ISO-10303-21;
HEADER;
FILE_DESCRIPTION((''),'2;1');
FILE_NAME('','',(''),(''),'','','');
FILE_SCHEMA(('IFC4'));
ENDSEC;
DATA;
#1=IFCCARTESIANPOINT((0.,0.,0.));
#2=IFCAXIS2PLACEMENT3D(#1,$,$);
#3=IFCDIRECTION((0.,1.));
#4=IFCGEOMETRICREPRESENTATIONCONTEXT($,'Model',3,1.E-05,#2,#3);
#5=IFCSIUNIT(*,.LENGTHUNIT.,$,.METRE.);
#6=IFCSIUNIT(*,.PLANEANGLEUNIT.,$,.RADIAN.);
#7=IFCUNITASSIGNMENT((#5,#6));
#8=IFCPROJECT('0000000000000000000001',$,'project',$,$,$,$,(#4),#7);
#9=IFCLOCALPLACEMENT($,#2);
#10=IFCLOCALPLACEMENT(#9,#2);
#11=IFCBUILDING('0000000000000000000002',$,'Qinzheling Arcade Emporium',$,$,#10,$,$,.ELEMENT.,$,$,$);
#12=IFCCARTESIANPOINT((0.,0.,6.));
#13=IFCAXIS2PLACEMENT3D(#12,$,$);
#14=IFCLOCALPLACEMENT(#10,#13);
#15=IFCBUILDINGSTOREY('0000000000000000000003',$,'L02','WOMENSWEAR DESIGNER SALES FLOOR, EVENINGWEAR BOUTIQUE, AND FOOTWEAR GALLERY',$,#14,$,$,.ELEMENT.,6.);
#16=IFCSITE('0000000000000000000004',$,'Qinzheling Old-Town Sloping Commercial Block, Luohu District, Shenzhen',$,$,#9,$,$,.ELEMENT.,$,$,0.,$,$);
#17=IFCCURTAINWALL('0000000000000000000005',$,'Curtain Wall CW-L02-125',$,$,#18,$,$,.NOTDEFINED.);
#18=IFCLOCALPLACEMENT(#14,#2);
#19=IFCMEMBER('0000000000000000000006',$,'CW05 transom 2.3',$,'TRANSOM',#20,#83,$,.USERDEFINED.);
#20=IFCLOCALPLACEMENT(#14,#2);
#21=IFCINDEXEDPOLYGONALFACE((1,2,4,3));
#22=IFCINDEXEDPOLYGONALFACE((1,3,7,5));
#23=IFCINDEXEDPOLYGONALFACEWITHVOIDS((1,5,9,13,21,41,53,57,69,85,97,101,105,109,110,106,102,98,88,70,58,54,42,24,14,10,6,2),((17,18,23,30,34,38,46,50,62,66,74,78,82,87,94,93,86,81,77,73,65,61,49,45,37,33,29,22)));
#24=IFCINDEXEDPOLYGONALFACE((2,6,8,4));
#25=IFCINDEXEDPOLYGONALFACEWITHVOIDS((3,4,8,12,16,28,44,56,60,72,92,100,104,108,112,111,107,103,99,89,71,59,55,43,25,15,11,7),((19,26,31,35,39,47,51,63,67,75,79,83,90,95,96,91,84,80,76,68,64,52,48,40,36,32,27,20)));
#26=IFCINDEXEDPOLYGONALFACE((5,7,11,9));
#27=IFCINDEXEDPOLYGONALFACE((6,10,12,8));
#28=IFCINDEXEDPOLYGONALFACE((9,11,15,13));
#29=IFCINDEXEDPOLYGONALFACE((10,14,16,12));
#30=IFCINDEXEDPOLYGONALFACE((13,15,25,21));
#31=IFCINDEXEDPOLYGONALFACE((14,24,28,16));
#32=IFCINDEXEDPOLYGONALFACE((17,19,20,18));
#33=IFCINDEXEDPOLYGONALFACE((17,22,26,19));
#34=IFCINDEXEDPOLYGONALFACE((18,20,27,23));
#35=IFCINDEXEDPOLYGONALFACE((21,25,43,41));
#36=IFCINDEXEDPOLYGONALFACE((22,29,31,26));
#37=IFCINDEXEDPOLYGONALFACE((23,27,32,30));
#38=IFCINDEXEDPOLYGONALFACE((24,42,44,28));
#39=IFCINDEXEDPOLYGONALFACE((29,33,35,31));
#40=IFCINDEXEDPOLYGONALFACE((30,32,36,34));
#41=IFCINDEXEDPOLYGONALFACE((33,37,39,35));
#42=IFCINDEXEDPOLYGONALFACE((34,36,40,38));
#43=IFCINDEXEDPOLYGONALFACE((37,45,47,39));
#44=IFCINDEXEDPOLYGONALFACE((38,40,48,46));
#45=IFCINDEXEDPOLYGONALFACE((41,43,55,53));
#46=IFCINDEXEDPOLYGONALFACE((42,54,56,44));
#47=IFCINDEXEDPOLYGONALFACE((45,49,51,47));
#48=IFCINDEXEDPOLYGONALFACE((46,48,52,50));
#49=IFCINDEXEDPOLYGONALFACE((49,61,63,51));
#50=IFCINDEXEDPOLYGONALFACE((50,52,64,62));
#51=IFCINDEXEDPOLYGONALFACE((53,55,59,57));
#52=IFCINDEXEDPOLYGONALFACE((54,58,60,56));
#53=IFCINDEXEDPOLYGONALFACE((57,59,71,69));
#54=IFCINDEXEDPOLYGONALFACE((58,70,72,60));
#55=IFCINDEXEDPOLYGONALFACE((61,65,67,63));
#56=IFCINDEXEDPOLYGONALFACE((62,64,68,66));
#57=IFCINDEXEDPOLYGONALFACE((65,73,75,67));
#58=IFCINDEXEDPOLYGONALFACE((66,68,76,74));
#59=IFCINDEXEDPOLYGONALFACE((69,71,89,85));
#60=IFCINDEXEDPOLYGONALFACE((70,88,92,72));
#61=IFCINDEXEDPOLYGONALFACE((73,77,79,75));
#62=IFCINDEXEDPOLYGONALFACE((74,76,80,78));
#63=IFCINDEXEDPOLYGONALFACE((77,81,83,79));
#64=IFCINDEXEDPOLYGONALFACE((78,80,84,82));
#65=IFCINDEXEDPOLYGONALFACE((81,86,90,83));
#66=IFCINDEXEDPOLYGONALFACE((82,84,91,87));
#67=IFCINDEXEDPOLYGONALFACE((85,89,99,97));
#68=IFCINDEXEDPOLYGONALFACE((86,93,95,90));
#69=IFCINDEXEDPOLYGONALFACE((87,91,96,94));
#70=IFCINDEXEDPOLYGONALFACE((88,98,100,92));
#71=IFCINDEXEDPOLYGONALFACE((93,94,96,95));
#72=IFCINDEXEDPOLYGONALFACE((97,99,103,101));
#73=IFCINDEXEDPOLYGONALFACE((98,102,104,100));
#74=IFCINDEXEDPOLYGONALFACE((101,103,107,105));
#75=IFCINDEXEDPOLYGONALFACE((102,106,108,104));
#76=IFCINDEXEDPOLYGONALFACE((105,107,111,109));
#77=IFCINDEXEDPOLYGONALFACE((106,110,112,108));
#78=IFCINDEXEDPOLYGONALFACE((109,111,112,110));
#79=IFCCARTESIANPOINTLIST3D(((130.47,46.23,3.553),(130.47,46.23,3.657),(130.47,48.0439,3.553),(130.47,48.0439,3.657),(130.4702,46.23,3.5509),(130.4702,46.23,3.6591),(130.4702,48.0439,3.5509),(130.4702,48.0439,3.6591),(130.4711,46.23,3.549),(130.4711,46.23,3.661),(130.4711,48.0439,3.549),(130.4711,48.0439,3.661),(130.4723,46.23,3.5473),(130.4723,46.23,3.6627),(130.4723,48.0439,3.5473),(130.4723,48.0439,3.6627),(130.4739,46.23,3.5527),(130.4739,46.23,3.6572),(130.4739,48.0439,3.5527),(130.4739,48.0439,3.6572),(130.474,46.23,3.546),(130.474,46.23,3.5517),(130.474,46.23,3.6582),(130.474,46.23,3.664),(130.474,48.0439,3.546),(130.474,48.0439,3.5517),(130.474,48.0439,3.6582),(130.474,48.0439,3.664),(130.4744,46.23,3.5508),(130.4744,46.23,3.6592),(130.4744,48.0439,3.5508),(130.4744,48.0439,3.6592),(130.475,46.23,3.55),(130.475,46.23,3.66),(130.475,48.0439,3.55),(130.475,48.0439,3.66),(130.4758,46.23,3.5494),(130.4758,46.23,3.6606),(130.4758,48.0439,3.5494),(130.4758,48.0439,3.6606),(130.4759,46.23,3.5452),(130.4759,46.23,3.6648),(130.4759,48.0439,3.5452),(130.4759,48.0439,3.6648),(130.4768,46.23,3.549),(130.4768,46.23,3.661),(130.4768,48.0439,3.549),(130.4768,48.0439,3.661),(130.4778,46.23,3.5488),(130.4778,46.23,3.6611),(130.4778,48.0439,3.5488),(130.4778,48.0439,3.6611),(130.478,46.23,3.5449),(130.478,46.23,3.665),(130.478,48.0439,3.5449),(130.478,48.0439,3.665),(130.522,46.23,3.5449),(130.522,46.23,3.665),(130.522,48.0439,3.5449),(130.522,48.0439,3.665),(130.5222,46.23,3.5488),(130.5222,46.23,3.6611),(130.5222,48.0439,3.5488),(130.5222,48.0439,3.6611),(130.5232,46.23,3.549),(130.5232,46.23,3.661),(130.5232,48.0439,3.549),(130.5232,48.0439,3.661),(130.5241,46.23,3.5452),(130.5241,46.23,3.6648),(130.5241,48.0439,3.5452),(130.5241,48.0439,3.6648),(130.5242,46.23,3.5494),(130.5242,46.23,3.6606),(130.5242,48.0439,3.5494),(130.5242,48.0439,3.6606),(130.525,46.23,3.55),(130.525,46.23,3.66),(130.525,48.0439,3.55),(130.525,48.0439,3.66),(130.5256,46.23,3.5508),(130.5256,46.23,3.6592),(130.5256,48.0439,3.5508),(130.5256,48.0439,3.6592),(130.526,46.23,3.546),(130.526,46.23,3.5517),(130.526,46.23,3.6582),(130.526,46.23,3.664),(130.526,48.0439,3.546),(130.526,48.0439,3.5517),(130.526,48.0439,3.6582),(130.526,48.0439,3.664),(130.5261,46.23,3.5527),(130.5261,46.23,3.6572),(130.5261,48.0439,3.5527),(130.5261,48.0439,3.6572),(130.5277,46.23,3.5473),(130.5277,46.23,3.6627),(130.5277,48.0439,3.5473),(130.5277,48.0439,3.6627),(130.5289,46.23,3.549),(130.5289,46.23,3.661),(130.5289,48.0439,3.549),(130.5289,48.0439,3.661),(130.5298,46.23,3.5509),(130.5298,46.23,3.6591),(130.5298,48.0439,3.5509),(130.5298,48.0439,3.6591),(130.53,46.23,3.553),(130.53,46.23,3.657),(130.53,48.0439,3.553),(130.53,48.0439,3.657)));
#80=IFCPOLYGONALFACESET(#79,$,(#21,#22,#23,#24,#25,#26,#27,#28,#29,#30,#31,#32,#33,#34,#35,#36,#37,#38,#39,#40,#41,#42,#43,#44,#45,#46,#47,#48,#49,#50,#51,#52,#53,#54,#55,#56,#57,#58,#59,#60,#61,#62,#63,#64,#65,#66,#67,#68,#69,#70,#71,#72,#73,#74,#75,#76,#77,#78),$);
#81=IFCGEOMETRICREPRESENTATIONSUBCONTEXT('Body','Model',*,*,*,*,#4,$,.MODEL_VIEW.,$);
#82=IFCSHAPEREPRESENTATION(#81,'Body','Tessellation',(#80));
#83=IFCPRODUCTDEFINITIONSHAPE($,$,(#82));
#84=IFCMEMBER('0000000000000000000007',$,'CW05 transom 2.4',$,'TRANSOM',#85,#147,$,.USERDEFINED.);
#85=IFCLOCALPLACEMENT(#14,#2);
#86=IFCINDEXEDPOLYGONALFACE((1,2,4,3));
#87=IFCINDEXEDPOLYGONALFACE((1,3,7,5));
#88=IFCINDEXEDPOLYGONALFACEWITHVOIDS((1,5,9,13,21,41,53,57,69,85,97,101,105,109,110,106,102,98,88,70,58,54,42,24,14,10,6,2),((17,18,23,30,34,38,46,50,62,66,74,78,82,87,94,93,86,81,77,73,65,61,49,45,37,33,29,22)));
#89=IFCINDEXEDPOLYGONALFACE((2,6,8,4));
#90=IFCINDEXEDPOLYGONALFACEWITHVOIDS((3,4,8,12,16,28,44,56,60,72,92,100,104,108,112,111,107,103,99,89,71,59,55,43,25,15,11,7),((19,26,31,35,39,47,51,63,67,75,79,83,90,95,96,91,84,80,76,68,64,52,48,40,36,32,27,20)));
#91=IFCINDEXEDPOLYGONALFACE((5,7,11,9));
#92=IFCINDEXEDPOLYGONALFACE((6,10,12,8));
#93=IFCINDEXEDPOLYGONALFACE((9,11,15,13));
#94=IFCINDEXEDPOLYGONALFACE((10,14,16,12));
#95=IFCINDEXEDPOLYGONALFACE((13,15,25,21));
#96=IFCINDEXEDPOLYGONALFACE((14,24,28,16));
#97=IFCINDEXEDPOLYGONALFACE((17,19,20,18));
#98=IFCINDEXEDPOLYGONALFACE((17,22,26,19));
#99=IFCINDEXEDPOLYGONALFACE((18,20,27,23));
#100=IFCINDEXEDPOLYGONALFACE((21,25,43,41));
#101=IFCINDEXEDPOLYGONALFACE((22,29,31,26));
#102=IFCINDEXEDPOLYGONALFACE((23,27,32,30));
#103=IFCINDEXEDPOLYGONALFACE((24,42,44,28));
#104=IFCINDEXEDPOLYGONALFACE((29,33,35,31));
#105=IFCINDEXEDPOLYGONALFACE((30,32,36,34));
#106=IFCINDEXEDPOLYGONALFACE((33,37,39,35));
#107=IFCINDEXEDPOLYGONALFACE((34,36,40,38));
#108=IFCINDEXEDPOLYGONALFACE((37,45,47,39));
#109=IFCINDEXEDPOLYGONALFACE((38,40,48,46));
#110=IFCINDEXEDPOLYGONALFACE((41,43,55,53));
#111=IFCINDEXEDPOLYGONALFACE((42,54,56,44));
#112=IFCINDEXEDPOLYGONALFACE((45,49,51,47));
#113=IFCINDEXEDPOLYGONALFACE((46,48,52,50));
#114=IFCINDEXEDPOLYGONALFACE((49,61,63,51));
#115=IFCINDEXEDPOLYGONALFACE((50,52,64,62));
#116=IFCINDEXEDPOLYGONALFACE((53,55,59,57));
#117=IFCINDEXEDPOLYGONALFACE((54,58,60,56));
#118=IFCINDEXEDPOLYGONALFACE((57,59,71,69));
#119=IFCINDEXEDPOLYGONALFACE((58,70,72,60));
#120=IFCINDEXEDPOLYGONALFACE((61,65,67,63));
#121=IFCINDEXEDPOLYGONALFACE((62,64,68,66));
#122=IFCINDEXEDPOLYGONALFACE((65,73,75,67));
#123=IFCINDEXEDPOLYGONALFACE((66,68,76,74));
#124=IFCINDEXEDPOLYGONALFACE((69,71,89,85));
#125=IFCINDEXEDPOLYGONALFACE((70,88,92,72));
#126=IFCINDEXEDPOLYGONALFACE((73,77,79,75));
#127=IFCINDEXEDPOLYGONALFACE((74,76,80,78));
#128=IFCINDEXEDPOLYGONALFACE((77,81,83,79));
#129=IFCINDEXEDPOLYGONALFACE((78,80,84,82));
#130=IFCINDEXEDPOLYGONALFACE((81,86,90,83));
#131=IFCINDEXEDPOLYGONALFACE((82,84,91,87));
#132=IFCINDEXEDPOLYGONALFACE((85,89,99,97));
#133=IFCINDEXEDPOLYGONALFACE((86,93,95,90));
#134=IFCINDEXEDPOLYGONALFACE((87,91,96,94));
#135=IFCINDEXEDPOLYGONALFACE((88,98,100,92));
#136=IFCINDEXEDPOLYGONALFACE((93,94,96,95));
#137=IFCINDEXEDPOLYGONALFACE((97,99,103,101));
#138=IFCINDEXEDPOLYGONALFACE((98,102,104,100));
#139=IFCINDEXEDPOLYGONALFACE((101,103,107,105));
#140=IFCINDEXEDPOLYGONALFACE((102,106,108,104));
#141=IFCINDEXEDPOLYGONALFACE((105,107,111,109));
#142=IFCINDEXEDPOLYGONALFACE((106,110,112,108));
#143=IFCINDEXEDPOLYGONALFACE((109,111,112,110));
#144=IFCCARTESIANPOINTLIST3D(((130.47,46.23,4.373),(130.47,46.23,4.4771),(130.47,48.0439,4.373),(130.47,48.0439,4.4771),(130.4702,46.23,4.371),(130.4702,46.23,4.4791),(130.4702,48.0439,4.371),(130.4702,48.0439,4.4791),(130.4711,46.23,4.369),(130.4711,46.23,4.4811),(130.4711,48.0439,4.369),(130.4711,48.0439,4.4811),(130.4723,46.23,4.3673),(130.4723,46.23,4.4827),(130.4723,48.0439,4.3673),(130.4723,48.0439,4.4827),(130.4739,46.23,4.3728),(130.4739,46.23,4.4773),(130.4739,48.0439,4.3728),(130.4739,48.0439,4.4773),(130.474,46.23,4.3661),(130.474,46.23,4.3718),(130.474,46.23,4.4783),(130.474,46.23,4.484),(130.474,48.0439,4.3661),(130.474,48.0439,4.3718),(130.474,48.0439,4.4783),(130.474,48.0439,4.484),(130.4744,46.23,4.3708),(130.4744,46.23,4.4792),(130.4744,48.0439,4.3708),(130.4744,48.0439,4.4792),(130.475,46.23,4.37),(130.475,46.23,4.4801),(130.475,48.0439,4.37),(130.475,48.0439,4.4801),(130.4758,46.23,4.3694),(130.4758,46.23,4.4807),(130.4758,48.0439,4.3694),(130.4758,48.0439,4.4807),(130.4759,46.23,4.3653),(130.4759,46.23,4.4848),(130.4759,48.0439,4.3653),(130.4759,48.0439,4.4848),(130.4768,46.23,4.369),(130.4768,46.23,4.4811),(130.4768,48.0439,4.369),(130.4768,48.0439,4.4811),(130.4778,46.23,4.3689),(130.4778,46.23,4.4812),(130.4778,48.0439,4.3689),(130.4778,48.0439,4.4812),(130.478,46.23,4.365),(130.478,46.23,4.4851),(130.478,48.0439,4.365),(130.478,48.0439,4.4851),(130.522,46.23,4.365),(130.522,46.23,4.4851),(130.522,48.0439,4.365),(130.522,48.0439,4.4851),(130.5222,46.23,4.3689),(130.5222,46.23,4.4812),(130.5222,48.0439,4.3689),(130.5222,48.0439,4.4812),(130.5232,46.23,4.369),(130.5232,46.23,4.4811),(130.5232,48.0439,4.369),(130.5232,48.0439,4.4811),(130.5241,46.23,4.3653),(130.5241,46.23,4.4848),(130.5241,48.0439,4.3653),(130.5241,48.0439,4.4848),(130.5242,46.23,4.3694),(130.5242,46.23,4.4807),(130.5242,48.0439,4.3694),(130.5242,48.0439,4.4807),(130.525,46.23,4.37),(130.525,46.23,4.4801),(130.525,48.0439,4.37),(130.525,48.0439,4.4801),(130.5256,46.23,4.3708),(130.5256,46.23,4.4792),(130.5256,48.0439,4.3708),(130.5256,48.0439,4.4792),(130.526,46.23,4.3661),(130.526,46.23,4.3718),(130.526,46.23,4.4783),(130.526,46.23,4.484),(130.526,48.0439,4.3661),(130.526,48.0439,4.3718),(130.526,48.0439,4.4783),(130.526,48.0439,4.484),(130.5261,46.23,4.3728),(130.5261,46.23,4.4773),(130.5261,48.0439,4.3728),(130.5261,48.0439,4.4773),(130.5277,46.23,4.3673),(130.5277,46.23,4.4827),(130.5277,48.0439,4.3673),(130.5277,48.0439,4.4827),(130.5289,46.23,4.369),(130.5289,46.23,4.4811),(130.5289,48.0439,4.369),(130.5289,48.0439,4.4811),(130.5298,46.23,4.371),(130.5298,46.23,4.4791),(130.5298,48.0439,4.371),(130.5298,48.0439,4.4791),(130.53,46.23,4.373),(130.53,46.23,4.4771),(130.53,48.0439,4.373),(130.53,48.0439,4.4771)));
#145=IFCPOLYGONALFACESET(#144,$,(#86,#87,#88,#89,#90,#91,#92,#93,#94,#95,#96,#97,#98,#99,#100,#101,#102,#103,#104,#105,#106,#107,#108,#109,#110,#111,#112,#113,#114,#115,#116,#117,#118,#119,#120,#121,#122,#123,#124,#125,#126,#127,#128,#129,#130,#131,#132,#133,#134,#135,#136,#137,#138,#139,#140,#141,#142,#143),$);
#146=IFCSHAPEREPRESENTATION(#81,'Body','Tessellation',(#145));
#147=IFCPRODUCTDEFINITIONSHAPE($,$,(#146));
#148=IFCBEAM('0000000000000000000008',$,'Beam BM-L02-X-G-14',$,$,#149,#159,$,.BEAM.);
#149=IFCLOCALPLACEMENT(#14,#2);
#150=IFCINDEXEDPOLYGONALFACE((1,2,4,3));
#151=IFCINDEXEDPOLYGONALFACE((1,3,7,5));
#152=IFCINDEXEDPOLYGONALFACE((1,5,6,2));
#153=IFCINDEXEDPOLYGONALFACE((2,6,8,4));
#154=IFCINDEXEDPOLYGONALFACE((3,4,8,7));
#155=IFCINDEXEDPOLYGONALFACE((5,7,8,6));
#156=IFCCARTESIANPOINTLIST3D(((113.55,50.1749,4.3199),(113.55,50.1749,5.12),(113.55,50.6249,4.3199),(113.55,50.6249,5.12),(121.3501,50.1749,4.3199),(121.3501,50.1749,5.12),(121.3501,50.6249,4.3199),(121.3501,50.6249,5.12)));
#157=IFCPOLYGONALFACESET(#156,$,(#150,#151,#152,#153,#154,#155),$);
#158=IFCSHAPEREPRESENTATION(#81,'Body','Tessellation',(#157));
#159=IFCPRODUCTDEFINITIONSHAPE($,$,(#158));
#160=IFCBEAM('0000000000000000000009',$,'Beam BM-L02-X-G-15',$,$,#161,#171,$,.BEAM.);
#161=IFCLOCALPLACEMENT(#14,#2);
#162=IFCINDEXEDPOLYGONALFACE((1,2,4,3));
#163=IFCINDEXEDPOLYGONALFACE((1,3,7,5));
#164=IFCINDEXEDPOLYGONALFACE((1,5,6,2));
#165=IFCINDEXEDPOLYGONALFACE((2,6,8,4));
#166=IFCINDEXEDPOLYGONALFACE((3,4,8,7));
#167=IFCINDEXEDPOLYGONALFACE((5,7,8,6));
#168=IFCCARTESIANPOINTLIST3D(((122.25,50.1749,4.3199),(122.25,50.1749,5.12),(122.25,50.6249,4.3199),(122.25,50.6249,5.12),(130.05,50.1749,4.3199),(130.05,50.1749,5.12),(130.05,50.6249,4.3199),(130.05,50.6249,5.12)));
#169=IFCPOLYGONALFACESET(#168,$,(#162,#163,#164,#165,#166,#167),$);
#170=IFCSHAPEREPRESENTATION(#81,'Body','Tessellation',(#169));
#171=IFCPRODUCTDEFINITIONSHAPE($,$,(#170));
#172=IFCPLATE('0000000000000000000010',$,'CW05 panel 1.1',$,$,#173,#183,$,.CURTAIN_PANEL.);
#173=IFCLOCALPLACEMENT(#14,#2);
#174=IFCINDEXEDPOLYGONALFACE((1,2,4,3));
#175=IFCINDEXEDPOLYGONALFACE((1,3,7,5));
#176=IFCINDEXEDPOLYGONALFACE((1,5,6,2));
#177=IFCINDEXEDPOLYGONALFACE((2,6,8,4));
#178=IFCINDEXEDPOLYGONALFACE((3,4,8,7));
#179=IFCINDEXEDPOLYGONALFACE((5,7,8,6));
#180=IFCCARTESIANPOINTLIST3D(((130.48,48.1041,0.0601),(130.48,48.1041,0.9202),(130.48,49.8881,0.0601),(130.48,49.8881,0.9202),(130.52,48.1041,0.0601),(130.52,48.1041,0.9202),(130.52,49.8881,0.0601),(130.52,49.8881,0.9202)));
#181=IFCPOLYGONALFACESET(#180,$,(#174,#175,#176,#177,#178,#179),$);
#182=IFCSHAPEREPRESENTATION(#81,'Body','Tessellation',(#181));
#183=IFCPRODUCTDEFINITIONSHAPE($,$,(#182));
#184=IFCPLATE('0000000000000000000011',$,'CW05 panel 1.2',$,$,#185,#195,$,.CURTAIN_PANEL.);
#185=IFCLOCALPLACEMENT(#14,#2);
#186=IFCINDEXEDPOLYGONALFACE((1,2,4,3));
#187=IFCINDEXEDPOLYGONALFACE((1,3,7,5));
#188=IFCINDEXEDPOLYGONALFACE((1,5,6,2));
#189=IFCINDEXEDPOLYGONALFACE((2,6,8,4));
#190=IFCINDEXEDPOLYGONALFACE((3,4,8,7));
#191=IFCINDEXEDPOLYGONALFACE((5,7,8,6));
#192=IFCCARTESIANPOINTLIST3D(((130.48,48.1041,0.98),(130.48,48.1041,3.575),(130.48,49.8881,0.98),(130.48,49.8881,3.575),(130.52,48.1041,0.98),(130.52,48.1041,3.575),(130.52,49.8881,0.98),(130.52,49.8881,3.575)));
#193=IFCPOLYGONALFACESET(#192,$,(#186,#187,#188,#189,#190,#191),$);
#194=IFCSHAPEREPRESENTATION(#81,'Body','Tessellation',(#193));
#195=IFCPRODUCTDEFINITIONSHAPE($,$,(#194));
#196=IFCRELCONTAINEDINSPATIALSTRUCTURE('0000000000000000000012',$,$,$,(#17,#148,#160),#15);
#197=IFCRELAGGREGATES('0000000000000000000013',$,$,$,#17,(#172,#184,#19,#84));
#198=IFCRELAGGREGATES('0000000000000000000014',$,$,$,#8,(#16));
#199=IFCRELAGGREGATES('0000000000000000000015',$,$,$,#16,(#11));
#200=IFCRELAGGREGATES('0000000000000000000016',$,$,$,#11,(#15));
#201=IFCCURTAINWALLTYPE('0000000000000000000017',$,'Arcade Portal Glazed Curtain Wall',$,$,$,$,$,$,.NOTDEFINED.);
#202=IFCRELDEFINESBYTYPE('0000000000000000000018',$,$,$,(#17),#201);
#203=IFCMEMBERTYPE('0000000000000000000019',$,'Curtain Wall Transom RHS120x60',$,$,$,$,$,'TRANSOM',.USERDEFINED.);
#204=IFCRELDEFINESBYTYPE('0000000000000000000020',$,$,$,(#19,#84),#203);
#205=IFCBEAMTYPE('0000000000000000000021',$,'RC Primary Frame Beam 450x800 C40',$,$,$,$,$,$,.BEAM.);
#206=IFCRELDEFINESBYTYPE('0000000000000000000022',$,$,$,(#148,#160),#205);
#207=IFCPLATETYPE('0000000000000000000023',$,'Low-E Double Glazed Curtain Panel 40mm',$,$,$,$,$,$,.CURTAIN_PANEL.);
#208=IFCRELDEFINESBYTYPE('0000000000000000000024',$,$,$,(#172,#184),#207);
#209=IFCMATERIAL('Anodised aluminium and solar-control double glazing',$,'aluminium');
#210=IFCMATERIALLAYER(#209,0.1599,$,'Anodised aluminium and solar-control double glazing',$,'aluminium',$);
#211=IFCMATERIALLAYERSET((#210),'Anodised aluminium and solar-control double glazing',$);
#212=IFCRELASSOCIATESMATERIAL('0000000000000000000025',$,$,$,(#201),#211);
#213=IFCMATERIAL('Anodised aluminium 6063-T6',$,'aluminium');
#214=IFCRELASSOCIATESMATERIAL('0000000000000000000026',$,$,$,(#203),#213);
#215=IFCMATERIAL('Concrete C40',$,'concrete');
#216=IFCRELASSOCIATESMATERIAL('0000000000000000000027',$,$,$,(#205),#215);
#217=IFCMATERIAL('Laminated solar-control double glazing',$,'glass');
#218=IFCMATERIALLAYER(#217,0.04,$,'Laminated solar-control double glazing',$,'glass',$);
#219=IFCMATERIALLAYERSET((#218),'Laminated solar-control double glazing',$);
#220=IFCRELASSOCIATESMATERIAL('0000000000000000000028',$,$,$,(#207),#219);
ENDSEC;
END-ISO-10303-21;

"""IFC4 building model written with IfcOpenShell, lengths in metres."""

from ifc_helpers import new_model, si_unit, direction, frame, origin, origin_2d, place, context, subcontext, project, spatial, rectangle, hollow_rectangle, extrude, material, layer, layer_set, material_profile, profile_set, type_object, element, aggregate, save


model = new_model("IFC4")

# Units and contexts
model_context = context("Model", 3, precision=1e-05, world=origin(), true_north=direction((0.0, 1.0)))
body_context = subcontext(model_context, "Body", "Model", "MODEL_VIEW")
ifc_project = project(units=[si_unit("LENGTHUNIT", "METRE"), si_unit("PLANEANGLEUNIT", "RADIAN")], contexts=[model_context])

# Site, building, storey
site_placement = place(None, origin())
site = spatial("IfcSite", under=ifc_project, at=site_placement, Name="Qinzheling Old-Town Sloping Commercial Block, Luohu District, Shenzhen", CompositionType="ELEMENT", RefElevation=0.0)
building_placement = place(site_placement, origin())
building = spatial("IfcBuilding", under=site, at=building_placement, Name="Qinzheling Arcade Emporium", CompositionType="ELEMENT")
storey_placement = place(building_placement, frame((0.0, 0.0, 6.0)))
storey = spatial("IfcBuildingStorey", under=building, at=storey_placement, Name="L02", Description="WOMENSWEAR DESIGNER SALES FLOOR, EVENINGWEAR BOUTIQUE, AND FOOTWEAR GALLERY", CompositionType="ELEMENT", Elevation=6.0)

# Curtain wall, members
ifc_material_1 = material(Name="Anodised aluminium and solar-control double glazing", Category="aluminium")
ifc_layer_1 = layer(ifc_material_1, 0.1599, Name="Anodised aluminium and solar-control double glazing", Category="aluminium")
ifc_layer_set_1 = layer_set([ifc_layer_1], Name="Anodised aluminium and solar-control double glazing")
curtain_wall_type = type_object("IfcCurtainWallType", Name="Arcade Portal Glazed Curtain Wall", PredefinedType="NOTDEFINED", material=ifc_layer_set_1)
curtain_wall_placement = place(storey_placement, origin())
curtain_wall = element("IfcCurtainWall", 1, at=curtain_wall_placement, inside=storey, type_object=curtain_wall_type, Name="Curtain Wall CW-L02-125", PredefinedType="NOTDEFINED")
ifc_material_2 = material(Name="Anodised aluminium 6063-T6", Category="aluminium")
ifc_material_profile_1 = material_profile(ifc_material_2, hollow_rectangle(XDim=0.0601, YDim=0.1201, WallThickness=0.0039, InnerFilletRadius=0.0039, OuterFilletRadius=0.0081, at=origin_2d()), Name="RHS 120x60x4", Category="aluminium")
ifc_profile_set_1 = profile_set([ifc_material_profile_1], Name="Anodised aluminium 6063-T6")
member_type_1 = type_object("IfcMemberType", Name="Curtain Wall Transom RHS120x60", ElementType="TRANSOM", PredefinedType="USERDEFINED", material=ifc_profile_set_1)
member_1_placement = place(storey_placement, frame((130.5, 48.0439, 3.605), z_axis=(0.0, -1.0, 0.0), x_axis=(1.0, 0.0, 0.0)))
member_1 = element("IfcMember", 2, at=member_1_placement, type_object=member_type_1, Name="CW05 transom 2.3", ObjectType="TRANSOM", PredefinedType="USERDEFINED", context=body_context, shape_type="SweptSolid", body=[
    extrude(hollow_rectangle(XDim=0.0601, YDim=0.1201, WallThickness=0.0039, InnerFilletRadius=0.0039, OuterFilletRadius=0.0081, at=origin_2d()), origin(), (0.0, 0.0, 1.0), 1.814),
])
member_2_placement = place(storey_placement, frame((130.5, 48.0439, 4.425), z_axis=(0.0, -1.0, 0.0), x_axis=(1.0, 0.0, 0.0)))
member_2 = element("IfcMember", 3, at=member_2_placement, type_object=member_type_1, Name="CW05 transom 2.4", ObjectType="TRANSOM", PredefinedType="USERDEFINED", context=body_context, shape_type="SweptSolid", body=[
    extrude(hollow_rectangle(XDim=0.0601, YDim=0.1201, WallThickness=0.0039, InnerFilletRadius=0.0039, OuterFilletRadius=0.0081, at=origin_2d()), origin(), (0.0, 0.0, 1.0), 1.814),
])

# Beams
ifc_material_3 = material(Name="Concrete C40", Category="concrete")
ifc_material_profile_2 = material_profile(ifc_material_3, rectangle(XDim=0.45, YDim=0.8, at=origin_2d()), Name="RC 450x800", Category="concrete")
ifc_profile_set_2 = profile_set([ifc_material_profile_2], Name="Concrete C40")
beam_type_1 = type_object("IfcBeamType", Name="RC Primary Frame Beam 450x800 C40", PredefinedType="BEAM", material=ifc_profile_set_2)
for number, where, z_axis, x_axis, name in (
    (4, (113.55, 50.3999, 4.72), (1.0, 0.0, 0.0), (0.0, 1.0, 0.0), "Beam BM-L02-X-G-14"),
    (5, (122.25, 50.3999, 4.72), (1.0, 0.0, 0.0), (0.0, 1.0, 0.0), "Beam BM-L02-X-G-15"),
):
    element("IfcBeam", number, at=place(storey_placement, frame(where, z_axis=z_axis, x_axis=x_axis)), inside=storey, type_object=beam_type_1, Name=name, PredefinedType="BEAM", context=body_context, shape_type="SweptSolid", body=[
        extrude(rectangle(XDim=0.45, YDim=0.8, at=origin_2d()), origin(), (0.0, 0.0, 1.0), 7.8),
    ])

# Plates
ifc_material_4 = material(Name="Laminated solar-control double glazing", Category="glass")
ifc_layer_2 = layer(ifc_material_4, 0.04, Name="Laminated solar-control double glazing", Category="glass")
ifc_layer_set_2 = layer_set([ifc_layer_2], Name="Laminated solar-control double glazing")
plate_type = type_object("IfcPlateType", Name="Low-E Double Glazed Curtain Panel 40mm", PredefinedType="CURTAIN_PANEL", material=ifc_layer_set_2)
plate_1_placement = place(storey_placement, frame((130.5, 48.9961, 0.0601), z_axis=(0.0, 0.0, 1.0), x_axis=(0.0, -1.0, 0.0)))
plate_1 = element("IfcPlate", 6, at=plate_1_placement, type_object=plate_type, Name="CW05 panel 1.1", PredefinedType="CURTAIN_PANEL", context=body_context, shape_type="SweptSolid", body=[
    extrude(rectangle(XDim=1.7839, YDim=0.04, at=origin_2d()), origin(), (0.0, 0.0, 1.0), 0.8601),
])
plate_2_placement = place(storey_placement, frame((130.5, 48.9961, 0.98), z_axis=(0.0, 0.0, 1.0), x_axis=(0.0, -1.0, 0.0)))
plate_2 = element("IfcPlate", 7, at=plate_2_placement, type_object=plate_type, Name="CW05 panel 1.2", PredefinedType="CURTAIN_PANEL", context=body_context, shape_type="SweptSolid", body=[
    extrude(rectangle(XDim=1.7839, YDim=0.04, at=origin_2d()), origin(), (0.0, 0.0, 1.0), 2.595),
])
aggregate(curtain_wall, [plate_1, plate_2, member_1, member_2])

save(model, "model.ifc")
